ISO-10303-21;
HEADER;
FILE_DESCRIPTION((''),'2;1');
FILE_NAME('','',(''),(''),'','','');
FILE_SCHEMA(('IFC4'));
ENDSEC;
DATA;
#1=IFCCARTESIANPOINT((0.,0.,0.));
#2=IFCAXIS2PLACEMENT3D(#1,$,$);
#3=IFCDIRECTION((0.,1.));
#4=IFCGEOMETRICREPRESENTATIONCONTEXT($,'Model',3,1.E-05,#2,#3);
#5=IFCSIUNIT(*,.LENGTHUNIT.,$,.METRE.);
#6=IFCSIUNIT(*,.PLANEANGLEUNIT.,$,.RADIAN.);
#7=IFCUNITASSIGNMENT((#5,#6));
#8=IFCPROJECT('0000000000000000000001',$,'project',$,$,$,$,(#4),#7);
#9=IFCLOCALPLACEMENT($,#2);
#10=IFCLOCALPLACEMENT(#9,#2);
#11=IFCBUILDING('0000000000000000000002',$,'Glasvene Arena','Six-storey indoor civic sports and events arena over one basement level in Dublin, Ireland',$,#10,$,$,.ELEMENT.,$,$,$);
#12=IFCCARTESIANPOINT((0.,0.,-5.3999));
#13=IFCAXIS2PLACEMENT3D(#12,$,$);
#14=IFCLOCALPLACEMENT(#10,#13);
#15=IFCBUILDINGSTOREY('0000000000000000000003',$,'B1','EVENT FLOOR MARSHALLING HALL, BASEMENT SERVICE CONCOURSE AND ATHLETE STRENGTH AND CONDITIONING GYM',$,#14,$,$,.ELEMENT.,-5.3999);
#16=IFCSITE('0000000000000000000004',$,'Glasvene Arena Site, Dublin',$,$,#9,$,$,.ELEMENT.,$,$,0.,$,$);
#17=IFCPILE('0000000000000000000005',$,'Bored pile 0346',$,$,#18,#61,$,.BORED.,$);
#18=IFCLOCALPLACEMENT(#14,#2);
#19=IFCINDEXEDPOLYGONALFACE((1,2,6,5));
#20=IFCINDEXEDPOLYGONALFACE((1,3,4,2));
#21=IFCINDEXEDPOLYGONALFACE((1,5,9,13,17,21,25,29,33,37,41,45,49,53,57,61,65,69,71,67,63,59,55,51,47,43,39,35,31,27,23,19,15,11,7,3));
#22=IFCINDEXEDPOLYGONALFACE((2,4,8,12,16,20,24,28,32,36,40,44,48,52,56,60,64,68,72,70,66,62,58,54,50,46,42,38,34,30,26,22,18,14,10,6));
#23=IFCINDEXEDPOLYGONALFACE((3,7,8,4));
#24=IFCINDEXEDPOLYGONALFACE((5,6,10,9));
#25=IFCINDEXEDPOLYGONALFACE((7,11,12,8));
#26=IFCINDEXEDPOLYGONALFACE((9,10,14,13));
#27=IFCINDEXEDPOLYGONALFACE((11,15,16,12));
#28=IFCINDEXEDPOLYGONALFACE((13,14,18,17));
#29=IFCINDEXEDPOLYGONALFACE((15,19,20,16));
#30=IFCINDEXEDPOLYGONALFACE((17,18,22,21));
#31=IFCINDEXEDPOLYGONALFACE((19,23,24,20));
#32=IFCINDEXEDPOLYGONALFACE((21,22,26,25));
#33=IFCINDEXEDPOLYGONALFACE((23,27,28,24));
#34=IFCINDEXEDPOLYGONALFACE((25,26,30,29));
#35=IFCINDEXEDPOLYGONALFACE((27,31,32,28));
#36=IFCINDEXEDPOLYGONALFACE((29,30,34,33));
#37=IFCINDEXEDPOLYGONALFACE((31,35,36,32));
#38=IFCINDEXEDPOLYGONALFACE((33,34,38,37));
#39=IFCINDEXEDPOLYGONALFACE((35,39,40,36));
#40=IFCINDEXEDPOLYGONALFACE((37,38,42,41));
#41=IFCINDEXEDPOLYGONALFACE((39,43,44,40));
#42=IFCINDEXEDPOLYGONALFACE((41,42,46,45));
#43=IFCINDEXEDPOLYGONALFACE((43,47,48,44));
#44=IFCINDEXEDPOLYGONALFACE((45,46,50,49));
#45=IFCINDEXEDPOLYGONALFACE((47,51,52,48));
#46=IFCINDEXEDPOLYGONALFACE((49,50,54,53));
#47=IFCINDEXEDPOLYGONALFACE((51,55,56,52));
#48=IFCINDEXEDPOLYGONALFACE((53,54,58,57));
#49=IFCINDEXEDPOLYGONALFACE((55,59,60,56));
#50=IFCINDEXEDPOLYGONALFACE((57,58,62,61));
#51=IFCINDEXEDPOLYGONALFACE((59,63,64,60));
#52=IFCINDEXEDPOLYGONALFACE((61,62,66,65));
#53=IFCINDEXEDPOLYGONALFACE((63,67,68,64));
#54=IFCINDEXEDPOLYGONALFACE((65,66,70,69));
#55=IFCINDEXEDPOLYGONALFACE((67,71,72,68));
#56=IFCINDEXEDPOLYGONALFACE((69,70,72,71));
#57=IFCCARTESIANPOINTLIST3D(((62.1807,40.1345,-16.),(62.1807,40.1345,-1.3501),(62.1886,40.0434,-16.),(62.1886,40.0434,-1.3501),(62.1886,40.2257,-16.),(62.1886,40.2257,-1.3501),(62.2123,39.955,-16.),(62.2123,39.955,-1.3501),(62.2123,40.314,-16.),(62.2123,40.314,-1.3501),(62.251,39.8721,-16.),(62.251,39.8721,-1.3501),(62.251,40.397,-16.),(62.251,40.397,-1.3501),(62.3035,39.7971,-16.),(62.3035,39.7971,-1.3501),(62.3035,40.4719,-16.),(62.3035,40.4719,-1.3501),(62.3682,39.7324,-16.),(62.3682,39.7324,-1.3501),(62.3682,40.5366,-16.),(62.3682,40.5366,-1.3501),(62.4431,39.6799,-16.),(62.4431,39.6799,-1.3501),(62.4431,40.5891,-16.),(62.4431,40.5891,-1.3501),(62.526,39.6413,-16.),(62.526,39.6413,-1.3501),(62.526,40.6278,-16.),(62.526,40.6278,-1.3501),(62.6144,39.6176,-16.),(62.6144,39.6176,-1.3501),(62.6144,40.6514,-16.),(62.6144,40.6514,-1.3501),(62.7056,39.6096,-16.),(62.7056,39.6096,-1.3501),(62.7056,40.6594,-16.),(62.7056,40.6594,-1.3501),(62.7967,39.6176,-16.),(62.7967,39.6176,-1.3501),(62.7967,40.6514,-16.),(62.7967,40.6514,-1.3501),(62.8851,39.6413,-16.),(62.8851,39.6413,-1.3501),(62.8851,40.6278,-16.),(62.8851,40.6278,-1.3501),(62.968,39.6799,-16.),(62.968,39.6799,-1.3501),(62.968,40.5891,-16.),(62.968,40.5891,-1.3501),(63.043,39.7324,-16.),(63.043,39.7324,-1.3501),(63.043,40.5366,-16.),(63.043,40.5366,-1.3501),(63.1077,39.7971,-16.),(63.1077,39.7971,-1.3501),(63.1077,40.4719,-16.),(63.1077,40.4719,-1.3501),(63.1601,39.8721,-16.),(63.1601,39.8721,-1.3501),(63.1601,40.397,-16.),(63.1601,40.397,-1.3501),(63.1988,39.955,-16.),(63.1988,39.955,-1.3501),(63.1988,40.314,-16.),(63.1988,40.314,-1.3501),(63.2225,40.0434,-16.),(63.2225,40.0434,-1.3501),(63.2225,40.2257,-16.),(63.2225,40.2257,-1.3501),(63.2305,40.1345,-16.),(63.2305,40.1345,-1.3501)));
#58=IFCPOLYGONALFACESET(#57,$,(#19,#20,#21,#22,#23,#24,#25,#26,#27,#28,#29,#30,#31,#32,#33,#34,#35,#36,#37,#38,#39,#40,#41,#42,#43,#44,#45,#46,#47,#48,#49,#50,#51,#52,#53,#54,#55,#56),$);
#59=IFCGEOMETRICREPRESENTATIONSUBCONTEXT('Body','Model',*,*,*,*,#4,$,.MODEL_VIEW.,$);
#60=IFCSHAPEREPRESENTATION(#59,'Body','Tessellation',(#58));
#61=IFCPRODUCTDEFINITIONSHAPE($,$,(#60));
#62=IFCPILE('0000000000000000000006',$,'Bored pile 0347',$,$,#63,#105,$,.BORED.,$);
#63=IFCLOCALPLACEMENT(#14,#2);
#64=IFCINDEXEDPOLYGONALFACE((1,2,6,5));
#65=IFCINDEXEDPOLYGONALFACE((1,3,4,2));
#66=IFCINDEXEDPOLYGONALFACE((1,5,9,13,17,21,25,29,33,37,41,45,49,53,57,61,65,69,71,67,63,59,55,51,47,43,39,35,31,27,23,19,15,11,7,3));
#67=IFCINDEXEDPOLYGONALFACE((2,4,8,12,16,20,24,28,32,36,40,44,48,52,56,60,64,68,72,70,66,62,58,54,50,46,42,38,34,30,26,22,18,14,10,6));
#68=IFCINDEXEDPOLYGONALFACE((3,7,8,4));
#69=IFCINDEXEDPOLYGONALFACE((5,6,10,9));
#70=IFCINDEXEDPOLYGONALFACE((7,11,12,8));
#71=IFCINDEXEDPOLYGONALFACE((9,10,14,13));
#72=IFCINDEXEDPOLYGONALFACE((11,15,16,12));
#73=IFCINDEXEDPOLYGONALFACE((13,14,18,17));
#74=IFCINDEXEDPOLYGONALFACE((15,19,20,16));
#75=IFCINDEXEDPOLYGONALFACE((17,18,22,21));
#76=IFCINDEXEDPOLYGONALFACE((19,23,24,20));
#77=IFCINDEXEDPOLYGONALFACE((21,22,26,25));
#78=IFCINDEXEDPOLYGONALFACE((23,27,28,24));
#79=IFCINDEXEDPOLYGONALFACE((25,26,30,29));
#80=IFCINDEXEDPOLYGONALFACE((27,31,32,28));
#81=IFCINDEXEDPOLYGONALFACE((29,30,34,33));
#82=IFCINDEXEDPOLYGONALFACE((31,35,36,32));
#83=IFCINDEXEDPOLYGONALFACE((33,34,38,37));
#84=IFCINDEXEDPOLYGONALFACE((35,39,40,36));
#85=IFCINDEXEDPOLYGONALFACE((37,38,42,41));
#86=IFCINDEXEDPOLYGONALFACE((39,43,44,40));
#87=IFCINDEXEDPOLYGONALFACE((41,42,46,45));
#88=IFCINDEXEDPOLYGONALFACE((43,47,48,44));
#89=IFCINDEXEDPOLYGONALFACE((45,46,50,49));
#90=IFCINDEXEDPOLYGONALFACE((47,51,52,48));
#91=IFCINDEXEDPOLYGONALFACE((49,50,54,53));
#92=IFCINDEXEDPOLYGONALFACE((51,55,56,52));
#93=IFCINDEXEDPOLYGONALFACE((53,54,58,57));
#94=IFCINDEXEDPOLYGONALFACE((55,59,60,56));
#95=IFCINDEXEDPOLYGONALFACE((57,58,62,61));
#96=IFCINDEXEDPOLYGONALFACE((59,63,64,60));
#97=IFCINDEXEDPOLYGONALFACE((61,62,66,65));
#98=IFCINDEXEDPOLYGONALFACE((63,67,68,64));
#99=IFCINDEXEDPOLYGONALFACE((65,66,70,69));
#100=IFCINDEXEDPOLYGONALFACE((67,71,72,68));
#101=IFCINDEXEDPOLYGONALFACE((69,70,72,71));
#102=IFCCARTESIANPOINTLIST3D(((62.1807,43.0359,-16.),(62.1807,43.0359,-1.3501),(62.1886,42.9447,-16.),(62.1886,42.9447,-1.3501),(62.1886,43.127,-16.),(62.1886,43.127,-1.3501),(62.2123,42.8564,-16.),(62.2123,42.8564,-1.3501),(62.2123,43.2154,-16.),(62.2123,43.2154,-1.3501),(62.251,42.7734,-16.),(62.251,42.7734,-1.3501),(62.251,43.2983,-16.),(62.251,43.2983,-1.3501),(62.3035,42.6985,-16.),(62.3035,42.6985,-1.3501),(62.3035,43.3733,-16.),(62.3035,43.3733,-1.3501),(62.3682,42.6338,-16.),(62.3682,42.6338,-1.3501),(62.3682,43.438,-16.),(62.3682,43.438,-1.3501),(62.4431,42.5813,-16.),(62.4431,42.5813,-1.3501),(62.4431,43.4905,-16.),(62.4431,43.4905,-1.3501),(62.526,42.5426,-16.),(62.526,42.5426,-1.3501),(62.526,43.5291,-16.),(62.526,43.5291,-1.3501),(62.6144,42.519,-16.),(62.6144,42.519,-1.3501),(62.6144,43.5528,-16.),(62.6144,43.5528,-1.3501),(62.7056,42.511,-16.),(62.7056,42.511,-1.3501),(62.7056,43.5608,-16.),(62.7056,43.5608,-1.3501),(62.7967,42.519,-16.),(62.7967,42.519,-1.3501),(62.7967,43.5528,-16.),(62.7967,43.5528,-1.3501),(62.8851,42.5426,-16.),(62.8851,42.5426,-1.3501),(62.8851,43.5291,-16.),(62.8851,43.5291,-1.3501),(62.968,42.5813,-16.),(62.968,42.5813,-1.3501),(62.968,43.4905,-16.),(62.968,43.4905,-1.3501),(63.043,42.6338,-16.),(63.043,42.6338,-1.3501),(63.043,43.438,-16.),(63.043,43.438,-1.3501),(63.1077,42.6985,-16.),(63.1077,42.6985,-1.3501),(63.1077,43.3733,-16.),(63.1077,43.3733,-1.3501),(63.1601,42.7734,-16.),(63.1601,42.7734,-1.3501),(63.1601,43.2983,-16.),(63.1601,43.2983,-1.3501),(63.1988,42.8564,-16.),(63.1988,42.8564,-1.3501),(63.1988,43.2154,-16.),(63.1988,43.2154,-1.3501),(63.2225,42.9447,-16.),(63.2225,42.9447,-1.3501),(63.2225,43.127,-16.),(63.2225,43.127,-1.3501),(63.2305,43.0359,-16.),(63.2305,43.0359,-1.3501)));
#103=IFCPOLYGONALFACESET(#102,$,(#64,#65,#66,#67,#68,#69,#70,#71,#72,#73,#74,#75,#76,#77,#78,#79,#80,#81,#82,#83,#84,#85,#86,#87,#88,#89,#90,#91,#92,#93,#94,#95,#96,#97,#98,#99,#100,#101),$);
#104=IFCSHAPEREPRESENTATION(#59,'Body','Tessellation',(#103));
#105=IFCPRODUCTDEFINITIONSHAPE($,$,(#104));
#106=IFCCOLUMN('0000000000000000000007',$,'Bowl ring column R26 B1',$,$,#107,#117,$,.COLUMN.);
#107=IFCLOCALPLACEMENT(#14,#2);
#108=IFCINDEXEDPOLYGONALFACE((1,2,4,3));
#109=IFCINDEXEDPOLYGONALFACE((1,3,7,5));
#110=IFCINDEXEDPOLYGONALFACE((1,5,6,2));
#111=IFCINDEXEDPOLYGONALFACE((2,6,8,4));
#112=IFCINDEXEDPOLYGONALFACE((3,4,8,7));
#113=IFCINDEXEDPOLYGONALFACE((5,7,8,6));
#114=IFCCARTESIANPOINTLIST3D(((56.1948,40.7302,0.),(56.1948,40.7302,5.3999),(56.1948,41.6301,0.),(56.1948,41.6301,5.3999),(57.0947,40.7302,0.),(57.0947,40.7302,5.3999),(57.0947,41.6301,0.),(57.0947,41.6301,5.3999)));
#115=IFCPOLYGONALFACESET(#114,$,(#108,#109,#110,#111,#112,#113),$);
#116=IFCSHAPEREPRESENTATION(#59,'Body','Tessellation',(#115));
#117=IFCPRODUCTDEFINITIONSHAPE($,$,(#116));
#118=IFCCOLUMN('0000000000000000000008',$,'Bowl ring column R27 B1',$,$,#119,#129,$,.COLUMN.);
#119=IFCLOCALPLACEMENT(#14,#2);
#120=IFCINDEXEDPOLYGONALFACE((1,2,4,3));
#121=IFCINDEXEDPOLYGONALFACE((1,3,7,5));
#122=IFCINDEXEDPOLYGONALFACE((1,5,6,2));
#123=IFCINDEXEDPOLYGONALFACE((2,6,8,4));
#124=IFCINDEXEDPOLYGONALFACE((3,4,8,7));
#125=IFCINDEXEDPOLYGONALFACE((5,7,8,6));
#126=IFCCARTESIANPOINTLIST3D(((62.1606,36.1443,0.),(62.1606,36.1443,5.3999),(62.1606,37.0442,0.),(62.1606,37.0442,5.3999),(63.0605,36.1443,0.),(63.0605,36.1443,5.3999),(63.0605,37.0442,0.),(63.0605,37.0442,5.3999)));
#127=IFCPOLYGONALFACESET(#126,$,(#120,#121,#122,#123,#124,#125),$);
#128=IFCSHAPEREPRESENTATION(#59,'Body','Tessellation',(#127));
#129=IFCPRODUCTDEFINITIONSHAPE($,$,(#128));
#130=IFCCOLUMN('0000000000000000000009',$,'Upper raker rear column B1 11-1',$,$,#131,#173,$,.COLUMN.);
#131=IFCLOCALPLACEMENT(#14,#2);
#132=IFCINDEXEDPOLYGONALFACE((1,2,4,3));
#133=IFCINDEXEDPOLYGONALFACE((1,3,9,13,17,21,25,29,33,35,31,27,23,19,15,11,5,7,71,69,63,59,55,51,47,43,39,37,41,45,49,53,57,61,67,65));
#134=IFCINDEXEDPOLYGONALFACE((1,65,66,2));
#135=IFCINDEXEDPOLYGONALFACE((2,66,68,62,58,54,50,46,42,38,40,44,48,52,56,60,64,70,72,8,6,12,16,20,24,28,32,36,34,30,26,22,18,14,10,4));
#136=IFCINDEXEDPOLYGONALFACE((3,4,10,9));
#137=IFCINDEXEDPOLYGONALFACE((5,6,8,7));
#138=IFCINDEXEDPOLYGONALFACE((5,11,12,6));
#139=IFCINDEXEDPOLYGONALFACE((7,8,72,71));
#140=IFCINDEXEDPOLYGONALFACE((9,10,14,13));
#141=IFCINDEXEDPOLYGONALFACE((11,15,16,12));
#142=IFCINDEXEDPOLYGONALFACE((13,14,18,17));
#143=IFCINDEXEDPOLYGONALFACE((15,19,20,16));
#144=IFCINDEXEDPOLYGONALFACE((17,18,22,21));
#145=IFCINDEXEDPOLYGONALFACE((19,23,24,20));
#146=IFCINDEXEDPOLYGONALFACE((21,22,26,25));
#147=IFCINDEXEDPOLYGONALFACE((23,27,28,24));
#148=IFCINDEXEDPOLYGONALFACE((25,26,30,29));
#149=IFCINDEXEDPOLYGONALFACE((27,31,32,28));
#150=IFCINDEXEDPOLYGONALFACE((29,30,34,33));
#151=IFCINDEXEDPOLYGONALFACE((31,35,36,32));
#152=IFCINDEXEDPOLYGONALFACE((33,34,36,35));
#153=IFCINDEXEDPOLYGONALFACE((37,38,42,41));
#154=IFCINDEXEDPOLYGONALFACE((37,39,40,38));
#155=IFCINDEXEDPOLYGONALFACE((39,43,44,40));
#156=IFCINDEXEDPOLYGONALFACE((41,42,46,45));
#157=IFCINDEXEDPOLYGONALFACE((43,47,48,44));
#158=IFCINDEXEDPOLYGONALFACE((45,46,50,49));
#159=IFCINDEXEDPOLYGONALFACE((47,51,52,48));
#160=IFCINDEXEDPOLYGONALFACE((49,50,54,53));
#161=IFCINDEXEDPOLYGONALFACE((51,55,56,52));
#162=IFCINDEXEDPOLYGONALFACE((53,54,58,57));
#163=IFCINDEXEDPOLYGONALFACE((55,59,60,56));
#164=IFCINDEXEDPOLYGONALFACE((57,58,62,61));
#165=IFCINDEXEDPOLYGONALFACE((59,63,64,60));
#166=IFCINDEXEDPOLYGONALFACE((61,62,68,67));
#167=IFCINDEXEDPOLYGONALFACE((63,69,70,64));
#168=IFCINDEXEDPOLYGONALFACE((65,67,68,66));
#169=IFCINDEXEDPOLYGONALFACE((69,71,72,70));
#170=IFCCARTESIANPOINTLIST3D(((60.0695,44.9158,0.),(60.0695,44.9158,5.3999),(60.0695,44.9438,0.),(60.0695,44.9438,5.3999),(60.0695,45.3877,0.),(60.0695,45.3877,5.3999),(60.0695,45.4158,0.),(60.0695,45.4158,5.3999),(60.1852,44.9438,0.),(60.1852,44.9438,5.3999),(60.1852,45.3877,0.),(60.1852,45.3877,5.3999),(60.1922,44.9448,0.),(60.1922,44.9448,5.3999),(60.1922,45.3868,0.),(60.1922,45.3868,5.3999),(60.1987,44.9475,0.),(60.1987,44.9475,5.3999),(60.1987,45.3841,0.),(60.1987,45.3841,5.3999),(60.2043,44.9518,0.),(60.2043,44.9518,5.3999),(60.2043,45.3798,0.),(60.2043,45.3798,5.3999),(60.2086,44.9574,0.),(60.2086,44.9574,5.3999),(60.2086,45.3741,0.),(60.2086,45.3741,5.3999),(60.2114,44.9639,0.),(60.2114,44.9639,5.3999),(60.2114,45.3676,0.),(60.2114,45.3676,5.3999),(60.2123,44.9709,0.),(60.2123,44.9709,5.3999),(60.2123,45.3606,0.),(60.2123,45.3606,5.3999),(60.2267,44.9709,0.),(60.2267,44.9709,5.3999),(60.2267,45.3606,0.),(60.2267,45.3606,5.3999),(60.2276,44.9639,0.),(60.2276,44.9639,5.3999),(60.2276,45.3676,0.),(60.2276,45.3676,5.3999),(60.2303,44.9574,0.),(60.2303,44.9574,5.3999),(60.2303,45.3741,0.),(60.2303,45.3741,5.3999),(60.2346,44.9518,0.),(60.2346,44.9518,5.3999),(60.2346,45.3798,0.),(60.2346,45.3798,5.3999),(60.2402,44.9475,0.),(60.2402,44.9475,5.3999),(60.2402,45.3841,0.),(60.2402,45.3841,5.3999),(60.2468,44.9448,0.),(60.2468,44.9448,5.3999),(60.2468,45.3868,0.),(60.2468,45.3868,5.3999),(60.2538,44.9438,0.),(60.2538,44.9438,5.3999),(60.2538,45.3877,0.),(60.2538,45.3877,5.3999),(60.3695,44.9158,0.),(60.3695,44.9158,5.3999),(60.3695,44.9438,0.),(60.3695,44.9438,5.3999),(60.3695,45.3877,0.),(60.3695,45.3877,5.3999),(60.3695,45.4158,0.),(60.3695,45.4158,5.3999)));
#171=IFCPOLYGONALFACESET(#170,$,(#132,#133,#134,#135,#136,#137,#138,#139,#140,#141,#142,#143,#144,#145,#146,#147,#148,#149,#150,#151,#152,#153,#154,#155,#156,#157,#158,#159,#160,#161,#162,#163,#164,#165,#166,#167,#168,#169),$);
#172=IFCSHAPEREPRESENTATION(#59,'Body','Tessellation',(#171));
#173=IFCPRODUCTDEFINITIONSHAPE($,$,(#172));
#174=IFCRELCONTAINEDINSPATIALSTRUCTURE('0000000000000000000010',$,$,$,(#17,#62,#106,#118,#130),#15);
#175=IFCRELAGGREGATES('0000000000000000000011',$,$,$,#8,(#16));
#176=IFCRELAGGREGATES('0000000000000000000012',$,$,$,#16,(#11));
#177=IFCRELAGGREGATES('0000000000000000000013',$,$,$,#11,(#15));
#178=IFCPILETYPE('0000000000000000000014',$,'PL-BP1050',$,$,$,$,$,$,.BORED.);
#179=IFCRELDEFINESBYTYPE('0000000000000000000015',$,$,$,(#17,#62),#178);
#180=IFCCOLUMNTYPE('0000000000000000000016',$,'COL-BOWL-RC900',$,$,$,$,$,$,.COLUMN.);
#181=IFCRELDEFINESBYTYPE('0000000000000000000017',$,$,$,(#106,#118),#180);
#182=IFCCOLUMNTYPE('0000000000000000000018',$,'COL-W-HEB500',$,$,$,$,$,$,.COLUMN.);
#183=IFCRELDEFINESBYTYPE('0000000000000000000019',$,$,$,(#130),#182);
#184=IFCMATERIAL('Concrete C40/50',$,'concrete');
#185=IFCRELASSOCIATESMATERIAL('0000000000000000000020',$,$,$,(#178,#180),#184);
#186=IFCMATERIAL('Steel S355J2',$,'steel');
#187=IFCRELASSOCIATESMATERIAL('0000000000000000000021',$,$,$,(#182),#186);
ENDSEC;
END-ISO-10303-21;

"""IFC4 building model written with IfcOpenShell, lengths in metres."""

from ifc_helpers import new_model, si_unit, direction, frame, origin, origin_2d, place, context, subcontext, project, spatial, rectangle, circle, i_section, extrude, material, material_profile, profile_set, type_object, element, save


model = new_model("IFC4")

# Units and contexts
model_context = context("Model", 3, precision=1e-05, world=origin(), true_north=direction((0.0, 1.0)))
body_context = subcontext(model_context, "Body", "Model", "MODEL_VIEW")
ifc_project = project(units=[si_unit("LENGTHUNIT", "METRE"), si_unit("PLANEANGLEUNIT", "RADIAN")], contexts=[model_context])

# Site, building, storey
site_placement = place(None, origin())
site = spatial("IfcSite", under=ifc_project, at=site_placement, Name="Glasvene Arena Site, Dublin", CompositionType="ELEMENT", RefElevation=0.0)
building_placement = place(site_placement, origin())
building = spatial("IfcBuilding", under=site, at=building_placement, Name="Glasvene Arena", Description="Six-storey indoor civic sports and events arena over one basement level in Dublin, Ireland", CompositionType="ELEMENT")
storey_placement = place(building_placement, frame((0.0, 0.0, -5.3999)))
storey = spatial("IfcBuildingStorey", under=building, at=storey_placement, Name="B1", Description="EVENT FLOOR MARSHALLING HALL, BASEMENT SERVICE CONCOURSE AND ATHLETE STRENGTH AND CONDITIONING GYM", CompositionType="ELEMENT", Elevation=-5.3999)

# Shared definitions
ifc_material_1 = material(Name="Concrete C40/50", Category="concrete")

# Piles
ifc_material_profile_1 = material_profile(ifc_material_1, circle(Radius=0.5249, at=origin_2d()), Name="BORED PILE 1050")
ifc_profile_set_1 = profile_set([ifc_material_profile_1], Name="Concrete C40/50")
pile_type = type_object("IfcPileType", Name="PL-BP1050", PredefinedType="BORED", material=ifc_profile_set_1)
for number, where, z_axis, x_axis, name in (
    (1, (62.7056, 40.1345, -1.3501), (0.0, 0.0, -1.0), (1.0, 0.0, 0.0), "Bored pile 0346"),
    (2, (62.7056, 43.0359, -1.3501), (0.0, 0.0, -1.0), (1.0, 0.0, 0.0), "Bored pile 0347"),
):
    element("IfcPile", number, at=place(storey_placement, frame(where, z_axis=z_axis, x_axis=x_axis)), inside=storey, type_object=pile_type, Name=name, PredefinedType="BORED", context=body_context, shape_type="SweptSolid", body=[
        extrude(circle(Radius=0.5249, at=origin_2d()), origin(), (0.0, 0.0, 1.0), 14.6499),
    ])

# Columns
ifc_material_profile_2 = material_profile(ifc_material_1, rectangle(XDim=0.8999, YDim=0.8999, at=origin_2d()), Name="RC 900x900")
ifc_profile_set_2 = profile_set([ifc_material_profile_2], Name="Concrete C40/50")
column_type_1 = type_object("IfcColumnType", Name="COL-BOWL-RC900", PredefinedType="COLUMN", material=ifc_profile_set_2)
for number, where, z_axis, x_axis, name in (
    (3, (56.6448, 41.1802, 0.0), (0.0, 0.0, 1.0), (1.0, 0.0, 0.0), "Bowl ring column R26 B1"),
    (4, (62.6106, 36.5942, 0.0), (0.0, 0.0, 1.0), (1.0, 0.0, 0.0), "Bowl ring column R27 B1"),
):
    element("IfcColumn", number, at=place(storey_placement, frame(where, z_axis=z_axis, x_axis=x_axis)), inside=storey, type_object=column_type_1, Name=name, PredefinedType="COLUMN", context=body_context, shape_type="SweptSolid", body=[
        extrude(rectangle(XDim=0.8999, YDim=0.8999, at=origin_2d()), origin(), (0.0, 0.0, 1.0), 5.3999),
    ])
ifc_material_2 = material(Name="Steel S355J2", Category="steel")
ifc_material_profile_3 = material_profile(ifc_material_2, i_section(OverallWidth=0.3, OverallDepth=0.5, WebThickness=0.0144, FlangeThickness=0.0281, FilletRadius=0.0271, at=origin_2d()), Name="HEB 500")
ifc_profile_set_3 = profile_set([ifc_material_profile_3], Name="Steel S355J2")
column_type_2 = type_object("IfcColumnType", Name="COL-W-HEB500", PredefinedType="COLUMN", material=ifc_profile_set_3)
column_placement = place(storey_placement, frame((60.2195, 45.1658, 0.0), z_axis=(0.0, 0.0, 1.0), x_axis=(1.0, 0.0, 0.0)))
element("IfcColumn", 5, at=column_placement, inside=storey, type_object=column_type_2, Name="Upper raker rear column B1 11-1", PredefinedType="COLUMN", context=body_context, shape_type="SweptSolid", body=[
    extrude(i_section(OverallWidth=0.3, OverallDepth=0.5, WebThickness=0.0144, FlangeThickness=0.0281, FilletRadius=0.0271, at=origin_2d()), origin(), (0.0, 0.0, 1.0), 5.3999),
])

save(model, "model.ifc")
